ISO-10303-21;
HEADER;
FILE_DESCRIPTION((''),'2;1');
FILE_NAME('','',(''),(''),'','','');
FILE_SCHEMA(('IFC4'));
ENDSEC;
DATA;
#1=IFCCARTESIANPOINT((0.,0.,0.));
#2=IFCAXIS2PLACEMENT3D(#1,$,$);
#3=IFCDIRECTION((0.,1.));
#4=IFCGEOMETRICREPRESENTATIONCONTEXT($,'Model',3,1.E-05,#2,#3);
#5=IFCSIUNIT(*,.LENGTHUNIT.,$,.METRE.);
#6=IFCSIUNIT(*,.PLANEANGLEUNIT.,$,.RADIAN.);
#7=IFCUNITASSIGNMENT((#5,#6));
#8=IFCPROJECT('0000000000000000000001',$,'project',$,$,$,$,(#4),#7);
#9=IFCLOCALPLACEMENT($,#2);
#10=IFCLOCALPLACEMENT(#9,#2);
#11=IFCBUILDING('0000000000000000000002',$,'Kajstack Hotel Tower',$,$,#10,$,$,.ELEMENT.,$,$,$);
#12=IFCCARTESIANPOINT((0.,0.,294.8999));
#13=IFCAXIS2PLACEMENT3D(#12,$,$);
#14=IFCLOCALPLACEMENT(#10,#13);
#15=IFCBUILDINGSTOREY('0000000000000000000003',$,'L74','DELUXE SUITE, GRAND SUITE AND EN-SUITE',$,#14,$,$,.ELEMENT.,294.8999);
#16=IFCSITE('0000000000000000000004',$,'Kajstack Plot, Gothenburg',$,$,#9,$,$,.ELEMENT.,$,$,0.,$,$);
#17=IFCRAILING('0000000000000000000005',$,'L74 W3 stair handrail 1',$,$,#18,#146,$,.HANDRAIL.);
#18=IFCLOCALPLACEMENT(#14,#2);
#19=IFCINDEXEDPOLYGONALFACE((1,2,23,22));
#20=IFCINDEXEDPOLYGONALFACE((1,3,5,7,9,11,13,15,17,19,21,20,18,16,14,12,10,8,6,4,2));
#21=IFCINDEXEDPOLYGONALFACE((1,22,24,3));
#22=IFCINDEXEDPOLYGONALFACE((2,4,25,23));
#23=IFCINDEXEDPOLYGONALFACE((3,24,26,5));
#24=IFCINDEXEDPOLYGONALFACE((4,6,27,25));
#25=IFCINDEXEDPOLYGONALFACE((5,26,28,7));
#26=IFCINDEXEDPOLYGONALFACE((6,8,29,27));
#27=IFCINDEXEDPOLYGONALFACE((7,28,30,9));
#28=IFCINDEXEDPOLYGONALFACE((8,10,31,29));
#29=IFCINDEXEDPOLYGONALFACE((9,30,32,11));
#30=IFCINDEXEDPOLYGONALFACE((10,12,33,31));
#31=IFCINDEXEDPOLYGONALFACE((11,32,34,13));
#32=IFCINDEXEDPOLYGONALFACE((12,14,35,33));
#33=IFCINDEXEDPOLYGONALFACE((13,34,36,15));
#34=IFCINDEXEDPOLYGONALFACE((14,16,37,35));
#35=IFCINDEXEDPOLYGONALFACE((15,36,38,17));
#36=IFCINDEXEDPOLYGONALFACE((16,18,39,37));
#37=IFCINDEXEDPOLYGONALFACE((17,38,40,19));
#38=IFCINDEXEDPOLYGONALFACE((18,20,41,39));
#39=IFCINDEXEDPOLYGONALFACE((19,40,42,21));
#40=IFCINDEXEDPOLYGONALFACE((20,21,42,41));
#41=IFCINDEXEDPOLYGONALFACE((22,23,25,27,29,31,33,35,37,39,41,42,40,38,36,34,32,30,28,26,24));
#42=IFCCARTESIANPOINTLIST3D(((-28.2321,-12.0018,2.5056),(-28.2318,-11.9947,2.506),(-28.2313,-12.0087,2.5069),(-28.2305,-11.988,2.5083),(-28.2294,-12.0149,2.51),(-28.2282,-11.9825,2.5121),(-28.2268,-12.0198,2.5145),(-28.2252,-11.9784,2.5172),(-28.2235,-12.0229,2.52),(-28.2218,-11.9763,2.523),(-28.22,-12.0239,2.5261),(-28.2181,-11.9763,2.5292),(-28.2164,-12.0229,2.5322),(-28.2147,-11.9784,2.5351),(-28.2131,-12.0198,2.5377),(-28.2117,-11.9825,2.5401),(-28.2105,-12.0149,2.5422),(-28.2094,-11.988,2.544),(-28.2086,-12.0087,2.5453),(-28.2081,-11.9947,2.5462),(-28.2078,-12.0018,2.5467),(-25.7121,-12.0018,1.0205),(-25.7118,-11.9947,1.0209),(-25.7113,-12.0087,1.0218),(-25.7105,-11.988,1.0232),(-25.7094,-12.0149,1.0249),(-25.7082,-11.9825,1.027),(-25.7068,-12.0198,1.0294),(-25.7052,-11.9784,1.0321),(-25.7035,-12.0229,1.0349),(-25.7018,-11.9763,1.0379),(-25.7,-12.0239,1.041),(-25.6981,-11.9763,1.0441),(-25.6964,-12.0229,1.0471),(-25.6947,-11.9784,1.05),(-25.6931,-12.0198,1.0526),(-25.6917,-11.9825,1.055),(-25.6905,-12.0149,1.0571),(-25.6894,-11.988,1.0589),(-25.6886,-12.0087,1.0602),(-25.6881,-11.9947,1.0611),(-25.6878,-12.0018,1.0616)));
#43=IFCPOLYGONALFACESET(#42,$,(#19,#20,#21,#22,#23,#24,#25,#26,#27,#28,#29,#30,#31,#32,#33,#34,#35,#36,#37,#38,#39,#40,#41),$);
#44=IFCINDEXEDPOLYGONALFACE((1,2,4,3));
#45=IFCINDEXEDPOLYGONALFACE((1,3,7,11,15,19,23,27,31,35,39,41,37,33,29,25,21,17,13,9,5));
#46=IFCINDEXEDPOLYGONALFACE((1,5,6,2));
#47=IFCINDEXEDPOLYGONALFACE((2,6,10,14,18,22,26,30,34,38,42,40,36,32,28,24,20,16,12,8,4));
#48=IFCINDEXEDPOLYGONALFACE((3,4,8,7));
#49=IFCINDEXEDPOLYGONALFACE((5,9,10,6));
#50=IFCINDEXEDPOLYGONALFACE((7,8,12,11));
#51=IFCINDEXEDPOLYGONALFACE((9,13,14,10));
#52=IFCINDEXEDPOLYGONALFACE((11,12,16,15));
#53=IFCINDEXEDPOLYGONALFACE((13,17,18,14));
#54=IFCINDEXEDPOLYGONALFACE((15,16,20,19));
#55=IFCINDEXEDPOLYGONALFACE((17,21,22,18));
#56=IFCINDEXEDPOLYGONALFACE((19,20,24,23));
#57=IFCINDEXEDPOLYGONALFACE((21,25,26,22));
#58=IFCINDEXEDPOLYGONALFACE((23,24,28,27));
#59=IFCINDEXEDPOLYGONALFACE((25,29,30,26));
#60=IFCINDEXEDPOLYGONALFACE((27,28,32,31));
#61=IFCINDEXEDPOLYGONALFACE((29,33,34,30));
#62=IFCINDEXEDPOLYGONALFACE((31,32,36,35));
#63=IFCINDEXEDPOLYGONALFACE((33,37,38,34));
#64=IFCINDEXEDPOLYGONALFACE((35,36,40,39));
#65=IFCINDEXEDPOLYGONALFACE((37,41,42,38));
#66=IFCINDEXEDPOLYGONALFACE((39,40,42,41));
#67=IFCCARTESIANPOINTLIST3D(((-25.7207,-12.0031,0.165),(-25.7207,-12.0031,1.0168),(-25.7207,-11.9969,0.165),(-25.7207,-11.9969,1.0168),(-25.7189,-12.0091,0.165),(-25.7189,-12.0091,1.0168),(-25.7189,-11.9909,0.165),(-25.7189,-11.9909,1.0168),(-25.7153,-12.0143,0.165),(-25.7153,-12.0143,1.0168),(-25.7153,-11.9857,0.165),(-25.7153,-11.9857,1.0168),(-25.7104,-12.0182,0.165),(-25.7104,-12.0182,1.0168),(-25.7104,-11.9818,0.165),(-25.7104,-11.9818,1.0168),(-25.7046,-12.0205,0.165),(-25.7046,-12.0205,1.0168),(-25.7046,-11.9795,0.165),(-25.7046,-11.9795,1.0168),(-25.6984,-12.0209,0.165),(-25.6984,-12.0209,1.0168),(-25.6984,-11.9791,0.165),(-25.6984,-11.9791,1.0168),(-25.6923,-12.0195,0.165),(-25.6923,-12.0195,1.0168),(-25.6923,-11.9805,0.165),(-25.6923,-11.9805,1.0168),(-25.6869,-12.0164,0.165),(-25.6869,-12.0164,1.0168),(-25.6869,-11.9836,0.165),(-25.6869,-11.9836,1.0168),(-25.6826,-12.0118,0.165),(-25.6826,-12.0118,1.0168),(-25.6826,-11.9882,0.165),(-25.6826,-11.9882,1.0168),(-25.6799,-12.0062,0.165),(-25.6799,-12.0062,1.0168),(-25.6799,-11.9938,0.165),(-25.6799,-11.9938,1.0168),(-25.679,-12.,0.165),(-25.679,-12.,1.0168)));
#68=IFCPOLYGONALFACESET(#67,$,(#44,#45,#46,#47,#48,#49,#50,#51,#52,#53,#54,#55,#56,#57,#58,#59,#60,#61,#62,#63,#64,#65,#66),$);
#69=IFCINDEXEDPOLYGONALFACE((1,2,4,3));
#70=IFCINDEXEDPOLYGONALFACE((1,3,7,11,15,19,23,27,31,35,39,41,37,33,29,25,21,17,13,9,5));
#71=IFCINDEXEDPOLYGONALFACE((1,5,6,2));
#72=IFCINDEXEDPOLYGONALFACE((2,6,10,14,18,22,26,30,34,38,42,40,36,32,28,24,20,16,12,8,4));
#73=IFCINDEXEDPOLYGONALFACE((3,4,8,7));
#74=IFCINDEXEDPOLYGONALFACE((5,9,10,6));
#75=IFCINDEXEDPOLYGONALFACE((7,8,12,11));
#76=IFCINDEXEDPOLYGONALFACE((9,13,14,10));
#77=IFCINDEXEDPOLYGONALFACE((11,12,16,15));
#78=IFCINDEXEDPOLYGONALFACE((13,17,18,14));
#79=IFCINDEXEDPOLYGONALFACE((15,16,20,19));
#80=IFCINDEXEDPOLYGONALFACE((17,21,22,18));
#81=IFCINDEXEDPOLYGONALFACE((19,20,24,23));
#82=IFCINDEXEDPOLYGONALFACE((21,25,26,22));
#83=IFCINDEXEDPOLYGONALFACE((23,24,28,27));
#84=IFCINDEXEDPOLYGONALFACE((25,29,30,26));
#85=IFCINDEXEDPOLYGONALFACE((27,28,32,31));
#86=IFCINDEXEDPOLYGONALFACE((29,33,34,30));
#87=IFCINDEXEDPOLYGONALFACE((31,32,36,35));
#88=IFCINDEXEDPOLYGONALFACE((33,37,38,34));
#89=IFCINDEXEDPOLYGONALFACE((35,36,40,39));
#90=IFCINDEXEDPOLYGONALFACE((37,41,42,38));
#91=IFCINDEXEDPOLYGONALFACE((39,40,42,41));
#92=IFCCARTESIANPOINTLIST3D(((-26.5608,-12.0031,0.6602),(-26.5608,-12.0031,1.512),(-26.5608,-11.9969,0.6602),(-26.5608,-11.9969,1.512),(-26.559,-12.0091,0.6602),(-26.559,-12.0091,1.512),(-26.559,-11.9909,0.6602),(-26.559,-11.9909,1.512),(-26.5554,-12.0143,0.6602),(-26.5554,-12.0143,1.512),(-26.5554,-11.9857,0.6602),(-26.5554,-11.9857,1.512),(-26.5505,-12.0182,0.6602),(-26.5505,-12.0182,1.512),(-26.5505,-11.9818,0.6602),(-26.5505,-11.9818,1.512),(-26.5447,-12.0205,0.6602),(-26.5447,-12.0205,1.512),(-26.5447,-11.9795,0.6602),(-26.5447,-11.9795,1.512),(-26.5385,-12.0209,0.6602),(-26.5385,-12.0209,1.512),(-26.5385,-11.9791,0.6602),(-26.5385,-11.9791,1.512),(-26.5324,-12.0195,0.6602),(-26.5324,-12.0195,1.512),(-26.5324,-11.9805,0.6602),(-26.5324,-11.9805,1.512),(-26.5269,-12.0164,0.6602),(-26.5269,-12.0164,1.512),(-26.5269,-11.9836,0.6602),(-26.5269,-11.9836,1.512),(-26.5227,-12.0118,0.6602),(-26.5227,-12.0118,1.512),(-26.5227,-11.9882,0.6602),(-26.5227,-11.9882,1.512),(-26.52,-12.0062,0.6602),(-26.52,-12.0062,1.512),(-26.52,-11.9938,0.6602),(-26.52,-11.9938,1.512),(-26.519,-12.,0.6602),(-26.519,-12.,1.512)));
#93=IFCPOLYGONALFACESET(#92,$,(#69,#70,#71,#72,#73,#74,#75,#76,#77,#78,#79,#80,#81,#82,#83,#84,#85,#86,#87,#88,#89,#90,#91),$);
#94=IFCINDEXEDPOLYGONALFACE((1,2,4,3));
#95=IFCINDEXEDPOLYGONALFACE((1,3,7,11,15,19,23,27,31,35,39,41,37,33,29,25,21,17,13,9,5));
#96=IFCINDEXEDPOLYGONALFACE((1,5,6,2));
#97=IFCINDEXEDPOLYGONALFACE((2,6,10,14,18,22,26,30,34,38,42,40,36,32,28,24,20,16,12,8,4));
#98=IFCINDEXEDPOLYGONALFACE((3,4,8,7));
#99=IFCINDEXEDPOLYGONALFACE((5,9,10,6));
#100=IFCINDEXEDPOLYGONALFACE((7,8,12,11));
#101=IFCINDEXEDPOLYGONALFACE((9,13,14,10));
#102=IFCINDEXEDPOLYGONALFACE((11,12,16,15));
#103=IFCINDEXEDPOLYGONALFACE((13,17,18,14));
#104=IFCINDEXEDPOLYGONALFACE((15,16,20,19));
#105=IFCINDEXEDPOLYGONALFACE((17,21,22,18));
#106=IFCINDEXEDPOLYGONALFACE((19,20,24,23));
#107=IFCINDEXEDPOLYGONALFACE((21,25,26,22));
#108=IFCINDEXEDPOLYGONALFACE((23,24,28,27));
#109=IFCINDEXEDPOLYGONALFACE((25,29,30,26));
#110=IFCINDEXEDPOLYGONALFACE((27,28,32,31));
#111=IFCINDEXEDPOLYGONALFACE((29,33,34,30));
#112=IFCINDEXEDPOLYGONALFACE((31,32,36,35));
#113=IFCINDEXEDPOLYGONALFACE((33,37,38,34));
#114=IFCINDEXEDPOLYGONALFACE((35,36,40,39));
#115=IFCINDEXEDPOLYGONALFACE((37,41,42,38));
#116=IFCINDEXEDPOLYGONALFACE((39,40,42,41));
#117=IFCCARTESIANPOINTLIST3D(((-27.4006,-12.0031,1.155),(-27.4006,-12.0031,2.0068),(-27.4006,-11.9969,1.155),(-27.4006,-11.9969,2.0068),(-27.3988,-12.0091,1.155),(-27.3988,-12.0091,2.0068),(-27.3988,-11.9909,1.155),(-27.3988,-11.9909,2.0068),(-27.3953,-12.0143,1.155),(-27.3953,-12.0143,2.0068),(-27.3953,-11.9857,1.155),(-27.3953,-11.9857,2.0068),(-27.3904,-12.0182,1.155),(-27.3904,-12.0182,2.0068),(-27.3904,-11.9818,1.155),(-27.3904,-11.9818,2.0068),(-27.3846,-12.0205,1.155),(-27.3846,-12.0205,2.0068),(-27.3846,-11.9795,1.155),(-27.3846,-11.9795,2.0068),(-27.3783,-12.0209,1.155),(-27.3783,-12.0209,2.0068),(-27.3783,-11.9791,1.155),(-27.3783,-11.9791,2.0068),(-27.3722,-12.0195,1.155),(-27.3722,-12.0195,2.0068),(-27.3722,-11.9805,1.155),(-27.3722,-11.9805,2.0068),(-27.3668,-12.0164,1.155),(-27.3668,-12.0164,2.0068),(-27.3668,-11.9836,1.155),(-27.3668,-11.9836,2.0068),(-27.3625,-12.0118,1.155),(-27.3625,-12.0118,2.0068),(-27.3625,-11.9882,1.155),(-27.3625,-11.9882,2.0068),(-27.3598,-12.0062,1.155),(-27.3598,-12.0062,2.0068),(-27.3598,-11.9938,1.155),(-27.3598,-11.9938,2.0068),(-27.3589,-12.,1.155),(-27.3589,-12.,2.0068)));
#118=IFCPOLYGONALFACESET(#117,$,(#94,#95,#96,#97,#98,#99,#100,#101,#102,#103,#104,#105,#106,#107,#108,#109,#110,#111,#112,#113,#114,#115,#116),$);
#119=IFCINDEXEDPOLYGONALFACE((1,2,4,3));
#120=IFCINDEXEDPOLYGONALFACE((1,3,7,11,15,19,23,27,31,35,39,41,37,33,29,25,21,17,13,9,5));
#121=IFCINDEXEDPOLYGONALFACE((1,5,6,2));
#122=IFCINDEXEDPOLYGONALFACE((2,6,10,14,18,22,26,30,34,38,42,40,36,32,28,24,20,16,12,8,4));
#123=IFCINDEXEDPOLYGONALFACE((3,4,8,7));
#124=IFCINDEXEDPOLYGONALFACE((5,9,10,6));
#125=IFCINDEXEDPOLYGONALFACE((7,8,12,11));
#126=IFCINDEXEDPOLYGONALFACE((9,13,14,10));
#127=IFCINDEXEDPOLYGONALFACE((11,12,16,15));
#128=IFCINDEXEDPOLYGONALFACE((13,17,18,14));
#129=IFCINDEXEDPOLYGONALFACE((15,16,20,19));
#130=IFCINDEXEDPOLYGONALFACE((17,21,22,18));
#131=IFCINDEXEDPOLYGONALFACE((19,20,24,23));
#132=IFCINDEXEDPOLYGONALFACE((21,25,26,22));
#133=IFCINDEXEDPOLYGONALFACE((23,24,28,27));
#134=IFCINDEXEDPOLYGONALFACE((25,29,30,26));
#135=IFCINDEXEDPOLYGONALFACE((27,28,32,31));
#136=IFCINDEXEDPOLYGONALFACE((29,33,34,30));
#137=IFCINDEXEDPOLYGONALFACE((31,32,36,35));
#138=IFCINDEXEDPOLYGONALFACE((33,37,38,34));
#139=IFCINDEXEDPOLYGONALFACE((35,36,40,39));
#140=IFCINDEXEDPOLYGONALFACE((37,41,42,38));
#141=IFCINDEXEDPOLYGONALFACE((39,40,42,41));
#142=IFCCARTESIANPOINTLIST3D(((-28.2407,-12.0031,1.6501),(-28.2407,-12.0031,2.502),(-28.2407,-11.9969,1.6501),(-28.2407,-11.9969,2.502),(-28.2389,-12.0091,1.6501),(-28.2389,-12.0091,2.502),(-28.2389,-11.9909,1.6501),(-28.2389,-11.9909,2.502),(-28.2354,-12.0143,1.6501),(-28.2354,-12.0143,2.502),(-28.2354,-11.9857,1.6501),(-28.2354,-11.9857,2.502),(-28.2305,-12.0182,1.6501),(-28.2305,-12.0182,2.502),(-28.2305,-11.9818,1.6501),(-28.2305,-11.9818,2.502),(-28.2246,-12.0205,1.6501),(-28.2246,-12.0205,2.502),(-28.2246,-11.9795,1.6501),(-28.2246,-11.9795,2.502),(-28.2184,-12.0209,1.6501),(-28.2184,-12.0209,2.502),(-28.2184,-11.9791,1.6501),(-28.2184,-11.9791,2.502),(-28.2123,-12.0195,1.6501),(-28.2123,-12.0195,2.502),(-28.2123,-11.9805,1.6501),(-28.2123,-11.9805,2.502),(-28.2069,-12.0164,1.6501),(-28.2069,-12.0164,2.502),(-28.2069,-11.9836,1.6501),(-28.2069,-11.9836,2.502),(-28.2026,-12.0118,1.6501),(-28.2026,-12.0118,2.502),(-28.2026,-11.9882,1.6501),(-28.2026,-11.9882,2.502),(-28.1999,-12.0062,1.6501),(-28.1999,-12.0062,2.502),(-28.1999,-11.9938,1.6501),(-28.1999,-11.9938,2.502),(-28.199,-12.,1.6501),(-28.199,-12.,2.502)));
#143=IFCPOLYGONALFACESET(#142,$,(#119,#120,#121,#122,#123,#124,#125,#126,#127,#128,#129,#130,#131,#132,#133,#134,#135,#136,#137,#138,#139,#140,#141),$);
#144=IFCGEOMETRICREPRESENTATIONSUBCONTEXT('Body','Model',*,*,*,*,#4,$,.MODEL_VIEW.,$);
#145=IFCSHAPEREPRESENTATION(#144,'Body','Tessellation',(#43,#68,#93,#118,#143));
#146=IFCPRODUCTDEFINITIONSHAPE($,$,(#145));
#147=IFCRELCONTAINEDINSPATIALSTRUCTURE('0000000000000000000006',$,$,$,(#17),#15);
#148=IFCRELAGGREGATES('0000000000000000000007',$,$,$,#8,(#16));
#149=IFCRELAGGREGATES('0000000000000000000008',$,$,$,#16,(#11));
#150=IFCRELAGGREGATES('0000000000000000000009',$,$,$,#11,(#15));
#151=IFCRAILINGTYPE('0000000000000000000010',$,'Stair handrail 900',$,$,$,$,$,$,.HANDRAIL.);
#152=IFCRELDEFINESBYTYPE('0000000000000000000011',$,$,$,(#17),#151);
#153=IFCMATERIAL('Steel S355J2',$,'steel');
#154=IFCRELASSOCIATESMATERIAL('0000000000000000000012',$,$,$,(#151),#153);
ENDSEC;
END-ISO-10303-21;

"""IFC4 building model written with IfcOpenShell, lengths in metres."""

from ifc_helpers import new_model, si_unit, direction, frame, origin, origin_2d, place, context, subcontext, project, spatial, circle, extrude, material, type_object, element, save


model = new_model("IFC4")

# Units and contexts
model_context = context("Model", 3, precision=1e-05, world=origin(), true_north=direction((0.0, 1.0)))
body_context = subcontext(model_context, "Body", "Model", "MODEL_VIEW")
ifc_project = project(units=[si_unit("LENGTHUNIT", "METRE"), si_unit("PLANEANGLEUNIT", "RADIAN")], contexts=[model_context])

# Site, building, storey
site_placement = place(None, origin())
site = spatial("IfcSite", under=ifc_project, at=site_placement, Name="Kajstack Plot, Gothenburg", CompositionType="ELEMENT", RefElevation=0.0)
building_placement = place(site_placement, origin())
building = spatial("IfcBuilding", under=site, at=building_placement, Name="Kajstack Hotel Tower", CompositionType="ELEMENT")
storey_placement = place(building_placement, frame((0.0, 0.0, 294.8999)))
storey = spatial("IfcBuildingStorey", under=building, at=storey_placement, Name="L74", Description="DELUXE SUITE, GRAND SUITE AND EN-SUITE", CompositionType="ELEMENT", Elevation=294.8999)

# Railing
ifc_material_1 = material(Name="Steel S355J2", Category="steel")
railing_type_1 = type_object("IfcRailingType", Name="Stair handrail 900", PredefinedType="HANDRAIL", material=ifc_material_1)
railing_1_placement = place(storey_placement, frame((-25.7, -12.0, 0.165)))
element("IfcRailing", 1, at=railing_1_placement, inside=storey, type_object=railing_type_1, Name="L74 W3 stair handrail 1", PredefinedType="HANDRAIL", context=body_context, shape_type="SweptSolid", body=[
    extrude(circle(Radius=0.0239, at=origin_2d()), frame((0.0, 0.0, 0.876), z_axis=(-0.861524, 0.0, 0.507717), x_axis=(0.0, -1.0, 0.0)), (0.0, 0.0, 1.0), 2.925),
    extrude(circle(Radius=0.021, at=origin_2d()), origin(), (0.0, 0.0, 1.0), 0.8518),
    extrude(circle(Radius=0.021, at=origin_2d()), frame((-0.8401, 0.0, 0.4951)), (0.0, 0.0, 1.0), 0.8518),
    extrude(circle(Radius=0.021, at=origin_2d()), frame((-1.6799, 0.0, 0.99)), (0.0, 0.0, 1.0), 0.8518),
    extrude(circle(Radius=0.021, at=origin_2d()), frame((-2.52, 0.0, 1.4851)), (0.0, 0.0, 1.0), 0.8518),
])

save(model, "model.ifc")
